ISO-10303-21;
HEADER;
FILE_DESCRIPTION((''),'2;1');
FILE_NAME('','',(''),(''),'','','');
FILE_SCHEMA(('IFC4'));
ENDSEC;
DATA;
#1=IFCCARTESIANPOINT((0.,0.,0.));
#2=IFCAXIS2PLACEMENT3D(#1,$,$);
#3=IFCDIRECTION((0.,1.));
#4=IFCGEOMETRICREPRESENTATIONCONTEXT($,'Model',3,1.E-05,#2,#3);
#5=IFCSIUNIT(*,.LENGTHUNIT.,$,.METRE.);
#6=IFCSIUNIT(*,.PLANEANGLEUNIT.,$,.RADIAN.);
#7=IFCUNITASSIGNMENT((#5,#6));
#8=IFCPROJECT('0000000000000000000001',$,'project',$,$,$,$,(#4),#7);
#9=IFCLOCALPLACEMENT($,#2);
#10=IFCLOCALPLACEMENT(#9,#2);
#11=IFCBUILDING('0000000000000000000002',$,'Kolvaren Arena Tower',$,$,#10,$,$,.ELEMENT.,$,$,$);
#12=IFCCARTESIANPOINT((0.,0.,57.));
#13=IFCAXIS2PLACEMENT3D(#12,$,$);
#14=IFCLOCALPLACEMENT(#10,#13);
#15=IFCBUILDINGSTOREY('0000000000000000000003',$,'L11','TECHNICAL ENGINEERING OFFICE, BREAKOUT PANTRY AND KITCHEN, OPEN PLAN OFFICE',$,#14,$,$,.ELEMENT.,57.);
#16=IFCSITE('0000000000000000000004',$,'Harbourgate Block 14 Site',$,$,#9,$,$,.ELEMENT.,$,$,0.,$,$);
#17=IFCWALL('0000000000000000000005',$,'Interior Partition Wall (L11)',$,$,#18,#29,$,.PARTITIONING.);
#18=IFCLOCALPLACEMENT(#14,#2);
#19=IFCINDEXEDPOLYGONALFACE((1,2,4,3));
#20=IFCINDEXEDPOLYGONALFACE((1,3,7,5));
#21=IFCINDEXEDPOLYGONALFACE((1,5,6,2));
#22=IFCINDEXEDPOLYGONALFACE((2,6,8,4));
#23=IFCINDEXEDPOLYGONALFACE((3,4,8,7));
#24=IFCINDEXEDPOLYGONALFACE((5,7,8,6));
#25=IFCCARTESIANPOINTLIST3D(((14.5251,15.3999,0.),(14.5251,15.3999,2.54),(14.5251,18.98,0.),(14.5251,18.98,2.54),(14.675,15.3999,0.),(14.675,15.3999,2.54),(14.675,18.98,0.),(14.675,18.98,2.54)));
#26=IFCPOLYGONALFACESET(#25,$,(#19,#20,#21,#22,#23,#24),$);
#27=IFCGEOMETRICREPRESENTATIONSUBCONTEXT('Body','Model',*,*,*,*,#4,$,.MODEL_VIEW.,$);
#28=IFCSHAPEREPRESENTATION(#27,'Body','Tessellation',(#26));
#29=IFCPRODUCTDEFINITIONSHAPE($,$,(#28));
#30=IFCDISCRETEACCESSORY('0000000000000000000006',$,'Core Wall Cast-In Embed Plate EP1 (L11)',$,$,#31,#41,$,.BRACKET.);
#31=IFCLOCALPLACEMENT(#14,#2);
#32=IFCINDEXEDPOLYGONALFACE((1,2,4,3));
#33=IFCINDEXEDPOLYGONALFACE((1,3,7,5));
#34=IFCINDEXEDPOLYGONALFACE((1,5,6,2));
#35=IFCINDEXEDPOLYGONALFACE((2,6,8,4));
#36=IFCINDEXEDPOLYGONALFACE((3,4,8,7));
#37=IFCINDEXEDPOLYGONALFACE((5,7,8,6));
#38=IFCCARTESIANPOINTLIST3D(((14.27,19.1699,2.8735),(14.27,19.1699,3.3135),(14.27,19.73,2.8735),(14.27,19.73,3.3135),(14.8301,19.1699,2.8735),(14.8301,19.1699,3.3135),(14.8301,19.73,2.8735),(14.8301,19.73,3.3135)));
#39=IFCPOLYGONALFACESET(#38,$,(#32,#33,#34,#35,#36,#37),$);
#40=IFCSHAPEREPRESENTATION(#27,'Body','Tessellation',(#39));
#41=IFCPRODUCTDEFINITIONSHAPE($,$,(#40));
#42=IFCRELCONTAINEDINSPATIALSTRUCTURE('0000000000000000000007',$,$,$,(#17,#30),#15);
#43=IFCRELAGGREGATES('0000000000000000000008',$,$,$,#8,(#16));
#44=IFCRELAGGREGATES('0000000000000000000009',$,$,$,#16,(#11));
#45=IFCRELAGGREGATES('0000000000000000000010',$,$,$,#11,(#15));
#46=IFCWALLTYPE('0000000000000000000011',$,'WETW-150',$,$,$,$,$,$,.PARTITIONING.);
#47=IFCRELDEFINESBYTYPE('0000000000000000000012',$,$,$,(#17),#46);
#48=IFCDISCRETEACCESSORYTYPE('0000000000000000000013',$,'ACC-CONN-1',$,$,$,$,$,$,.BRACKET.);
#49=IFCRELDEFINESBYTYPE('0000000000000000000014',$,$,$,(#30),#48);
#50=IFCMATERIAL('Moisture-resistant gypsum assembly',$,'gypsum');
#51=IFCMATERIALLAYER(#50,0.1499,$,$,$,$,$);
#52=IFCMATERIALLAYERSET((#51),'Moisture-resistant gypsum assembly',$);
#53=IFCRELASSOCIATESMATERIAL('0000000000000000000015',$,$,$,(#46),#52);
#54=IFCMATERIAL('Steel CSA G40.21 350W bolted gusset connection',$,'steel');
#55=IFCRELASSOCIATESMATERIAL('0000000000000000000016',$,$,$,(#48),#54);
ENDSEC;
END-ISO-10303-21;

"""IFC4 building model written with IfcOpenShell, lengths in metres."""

from ifc_helpers import new_model, si_unit, direction, frame, frame_2d, origin, origin_2d, place, context, subcontext, project, spatial, rectangle, extrude, material, layer, layer_set, type_object, element, save


model = new_model("IFC4")

# Units and contexts
model_context = context("Model", 3, precision=1e-05, world=origin(), true_north=direction((0.0, 1.0)))
body_context = subcontext(model_context, "Body", "Model", "MODEL_VIEW")
ifc_project = project(units=[si_unit("LENGTHUNIT", "METRE"), si_unit("PLANEANGLEUNIT", "RADIAN")], contexts=[model_context])

# Site, building, storey
site_placement = place(None, origin())
site = spatial("IfcSite", under=ifc_project, at=site_placement, Name="Harbourgate Block 14 Site", CompositionType="ELEMENT", RefElevation=0.0)
building_placement = place(site_placement, origin())
building = spatial("IfcBuilding", under=site, at=building_placement, Name="Kolvaren Arena Tower", CompositionType="ELEMENT")
storey_placement = place(building_placement, frame((0.0, 0.0, 57.0)))
storey = spatial("IfcBuildingStorey", under=building, at=storey_placement, Name="L11", Description="TECHNICAL ENGINEERING OFFICE, BREAKOUT PANTRY AND KITCHEN, OPEN PLAN OFFICE", CompositionType="ELEMENT", Elevation=57.0)

# Shared definitions
ifc_material_1 = material(Name="Moisture-resistant gypsum assembly", Category="gypsum")
ifc_layer_1 = layer(ifc_material_1, 0.1499)
ifc_layer_set_1 = layer_set([ifc_layer_1], Name="Moisture-resistant gypsum assembly")
wall_type_1 = type_object("IfcWallType", Name="WETW-150", PredefinedType="PARTITIONING", material=ifc_layer_set_1)

# Wall
wall_1_placement = place(storey_placement, frame((14.6001, 15.3999, 0.0), z_axis=(0.0, 0.0, 1.0), x_axis=(0.0, 1.0, 0.0)))
element("IfcWall", 1, at=wall_1_placement, inside=storey, type_object=wall_type_1, Name="Interior Partition Wall (L11)", PredefinedType="PARTITIONING", context=body_context, shape_type="SweptSolid", body=[
    extrude(rectangle(XDim=3.5801, YDim=0.1499, at=frame_2d((1.79, 0.0))), origin(), (0.0, 0.0, 1.0), 2.54),
])

# Discrete accessory
ifc_material_2 = material(Name="Steel CSA G40.21 350W bolted gusset connection", Category="steel")
discrete_accessory_type = type_object("IfcDiscreteAccessoryType", Name="ACC-CONN-1", PredefinedType="BRACKET", material=ifc_material_2)
discrete_accessory_placement = place(storey_placement, frame((14.55, 19.45, 2.8735), z_axis=(0.0, 0.0, 1.0), x_axis=(1.0, 0.0, 0.0)))
element("IfcDiscreteAccessory", 2, at=discrete_accessory_placement, inside=storey, type_object=discrete_accessory_type, Name="Core Wall Cast-In Embed Plate EP1 (L11)", PredefinedType="BRACKET", context=body_context, shape_type="SweptSolid", body=[
    extrude(rectangle(XDim=0.5601, YDim=0.5601, at=origin_2d()), origin(), (0.0, 0.0, 1.0), 0.4399),
])

save(model, "model.ifc")
